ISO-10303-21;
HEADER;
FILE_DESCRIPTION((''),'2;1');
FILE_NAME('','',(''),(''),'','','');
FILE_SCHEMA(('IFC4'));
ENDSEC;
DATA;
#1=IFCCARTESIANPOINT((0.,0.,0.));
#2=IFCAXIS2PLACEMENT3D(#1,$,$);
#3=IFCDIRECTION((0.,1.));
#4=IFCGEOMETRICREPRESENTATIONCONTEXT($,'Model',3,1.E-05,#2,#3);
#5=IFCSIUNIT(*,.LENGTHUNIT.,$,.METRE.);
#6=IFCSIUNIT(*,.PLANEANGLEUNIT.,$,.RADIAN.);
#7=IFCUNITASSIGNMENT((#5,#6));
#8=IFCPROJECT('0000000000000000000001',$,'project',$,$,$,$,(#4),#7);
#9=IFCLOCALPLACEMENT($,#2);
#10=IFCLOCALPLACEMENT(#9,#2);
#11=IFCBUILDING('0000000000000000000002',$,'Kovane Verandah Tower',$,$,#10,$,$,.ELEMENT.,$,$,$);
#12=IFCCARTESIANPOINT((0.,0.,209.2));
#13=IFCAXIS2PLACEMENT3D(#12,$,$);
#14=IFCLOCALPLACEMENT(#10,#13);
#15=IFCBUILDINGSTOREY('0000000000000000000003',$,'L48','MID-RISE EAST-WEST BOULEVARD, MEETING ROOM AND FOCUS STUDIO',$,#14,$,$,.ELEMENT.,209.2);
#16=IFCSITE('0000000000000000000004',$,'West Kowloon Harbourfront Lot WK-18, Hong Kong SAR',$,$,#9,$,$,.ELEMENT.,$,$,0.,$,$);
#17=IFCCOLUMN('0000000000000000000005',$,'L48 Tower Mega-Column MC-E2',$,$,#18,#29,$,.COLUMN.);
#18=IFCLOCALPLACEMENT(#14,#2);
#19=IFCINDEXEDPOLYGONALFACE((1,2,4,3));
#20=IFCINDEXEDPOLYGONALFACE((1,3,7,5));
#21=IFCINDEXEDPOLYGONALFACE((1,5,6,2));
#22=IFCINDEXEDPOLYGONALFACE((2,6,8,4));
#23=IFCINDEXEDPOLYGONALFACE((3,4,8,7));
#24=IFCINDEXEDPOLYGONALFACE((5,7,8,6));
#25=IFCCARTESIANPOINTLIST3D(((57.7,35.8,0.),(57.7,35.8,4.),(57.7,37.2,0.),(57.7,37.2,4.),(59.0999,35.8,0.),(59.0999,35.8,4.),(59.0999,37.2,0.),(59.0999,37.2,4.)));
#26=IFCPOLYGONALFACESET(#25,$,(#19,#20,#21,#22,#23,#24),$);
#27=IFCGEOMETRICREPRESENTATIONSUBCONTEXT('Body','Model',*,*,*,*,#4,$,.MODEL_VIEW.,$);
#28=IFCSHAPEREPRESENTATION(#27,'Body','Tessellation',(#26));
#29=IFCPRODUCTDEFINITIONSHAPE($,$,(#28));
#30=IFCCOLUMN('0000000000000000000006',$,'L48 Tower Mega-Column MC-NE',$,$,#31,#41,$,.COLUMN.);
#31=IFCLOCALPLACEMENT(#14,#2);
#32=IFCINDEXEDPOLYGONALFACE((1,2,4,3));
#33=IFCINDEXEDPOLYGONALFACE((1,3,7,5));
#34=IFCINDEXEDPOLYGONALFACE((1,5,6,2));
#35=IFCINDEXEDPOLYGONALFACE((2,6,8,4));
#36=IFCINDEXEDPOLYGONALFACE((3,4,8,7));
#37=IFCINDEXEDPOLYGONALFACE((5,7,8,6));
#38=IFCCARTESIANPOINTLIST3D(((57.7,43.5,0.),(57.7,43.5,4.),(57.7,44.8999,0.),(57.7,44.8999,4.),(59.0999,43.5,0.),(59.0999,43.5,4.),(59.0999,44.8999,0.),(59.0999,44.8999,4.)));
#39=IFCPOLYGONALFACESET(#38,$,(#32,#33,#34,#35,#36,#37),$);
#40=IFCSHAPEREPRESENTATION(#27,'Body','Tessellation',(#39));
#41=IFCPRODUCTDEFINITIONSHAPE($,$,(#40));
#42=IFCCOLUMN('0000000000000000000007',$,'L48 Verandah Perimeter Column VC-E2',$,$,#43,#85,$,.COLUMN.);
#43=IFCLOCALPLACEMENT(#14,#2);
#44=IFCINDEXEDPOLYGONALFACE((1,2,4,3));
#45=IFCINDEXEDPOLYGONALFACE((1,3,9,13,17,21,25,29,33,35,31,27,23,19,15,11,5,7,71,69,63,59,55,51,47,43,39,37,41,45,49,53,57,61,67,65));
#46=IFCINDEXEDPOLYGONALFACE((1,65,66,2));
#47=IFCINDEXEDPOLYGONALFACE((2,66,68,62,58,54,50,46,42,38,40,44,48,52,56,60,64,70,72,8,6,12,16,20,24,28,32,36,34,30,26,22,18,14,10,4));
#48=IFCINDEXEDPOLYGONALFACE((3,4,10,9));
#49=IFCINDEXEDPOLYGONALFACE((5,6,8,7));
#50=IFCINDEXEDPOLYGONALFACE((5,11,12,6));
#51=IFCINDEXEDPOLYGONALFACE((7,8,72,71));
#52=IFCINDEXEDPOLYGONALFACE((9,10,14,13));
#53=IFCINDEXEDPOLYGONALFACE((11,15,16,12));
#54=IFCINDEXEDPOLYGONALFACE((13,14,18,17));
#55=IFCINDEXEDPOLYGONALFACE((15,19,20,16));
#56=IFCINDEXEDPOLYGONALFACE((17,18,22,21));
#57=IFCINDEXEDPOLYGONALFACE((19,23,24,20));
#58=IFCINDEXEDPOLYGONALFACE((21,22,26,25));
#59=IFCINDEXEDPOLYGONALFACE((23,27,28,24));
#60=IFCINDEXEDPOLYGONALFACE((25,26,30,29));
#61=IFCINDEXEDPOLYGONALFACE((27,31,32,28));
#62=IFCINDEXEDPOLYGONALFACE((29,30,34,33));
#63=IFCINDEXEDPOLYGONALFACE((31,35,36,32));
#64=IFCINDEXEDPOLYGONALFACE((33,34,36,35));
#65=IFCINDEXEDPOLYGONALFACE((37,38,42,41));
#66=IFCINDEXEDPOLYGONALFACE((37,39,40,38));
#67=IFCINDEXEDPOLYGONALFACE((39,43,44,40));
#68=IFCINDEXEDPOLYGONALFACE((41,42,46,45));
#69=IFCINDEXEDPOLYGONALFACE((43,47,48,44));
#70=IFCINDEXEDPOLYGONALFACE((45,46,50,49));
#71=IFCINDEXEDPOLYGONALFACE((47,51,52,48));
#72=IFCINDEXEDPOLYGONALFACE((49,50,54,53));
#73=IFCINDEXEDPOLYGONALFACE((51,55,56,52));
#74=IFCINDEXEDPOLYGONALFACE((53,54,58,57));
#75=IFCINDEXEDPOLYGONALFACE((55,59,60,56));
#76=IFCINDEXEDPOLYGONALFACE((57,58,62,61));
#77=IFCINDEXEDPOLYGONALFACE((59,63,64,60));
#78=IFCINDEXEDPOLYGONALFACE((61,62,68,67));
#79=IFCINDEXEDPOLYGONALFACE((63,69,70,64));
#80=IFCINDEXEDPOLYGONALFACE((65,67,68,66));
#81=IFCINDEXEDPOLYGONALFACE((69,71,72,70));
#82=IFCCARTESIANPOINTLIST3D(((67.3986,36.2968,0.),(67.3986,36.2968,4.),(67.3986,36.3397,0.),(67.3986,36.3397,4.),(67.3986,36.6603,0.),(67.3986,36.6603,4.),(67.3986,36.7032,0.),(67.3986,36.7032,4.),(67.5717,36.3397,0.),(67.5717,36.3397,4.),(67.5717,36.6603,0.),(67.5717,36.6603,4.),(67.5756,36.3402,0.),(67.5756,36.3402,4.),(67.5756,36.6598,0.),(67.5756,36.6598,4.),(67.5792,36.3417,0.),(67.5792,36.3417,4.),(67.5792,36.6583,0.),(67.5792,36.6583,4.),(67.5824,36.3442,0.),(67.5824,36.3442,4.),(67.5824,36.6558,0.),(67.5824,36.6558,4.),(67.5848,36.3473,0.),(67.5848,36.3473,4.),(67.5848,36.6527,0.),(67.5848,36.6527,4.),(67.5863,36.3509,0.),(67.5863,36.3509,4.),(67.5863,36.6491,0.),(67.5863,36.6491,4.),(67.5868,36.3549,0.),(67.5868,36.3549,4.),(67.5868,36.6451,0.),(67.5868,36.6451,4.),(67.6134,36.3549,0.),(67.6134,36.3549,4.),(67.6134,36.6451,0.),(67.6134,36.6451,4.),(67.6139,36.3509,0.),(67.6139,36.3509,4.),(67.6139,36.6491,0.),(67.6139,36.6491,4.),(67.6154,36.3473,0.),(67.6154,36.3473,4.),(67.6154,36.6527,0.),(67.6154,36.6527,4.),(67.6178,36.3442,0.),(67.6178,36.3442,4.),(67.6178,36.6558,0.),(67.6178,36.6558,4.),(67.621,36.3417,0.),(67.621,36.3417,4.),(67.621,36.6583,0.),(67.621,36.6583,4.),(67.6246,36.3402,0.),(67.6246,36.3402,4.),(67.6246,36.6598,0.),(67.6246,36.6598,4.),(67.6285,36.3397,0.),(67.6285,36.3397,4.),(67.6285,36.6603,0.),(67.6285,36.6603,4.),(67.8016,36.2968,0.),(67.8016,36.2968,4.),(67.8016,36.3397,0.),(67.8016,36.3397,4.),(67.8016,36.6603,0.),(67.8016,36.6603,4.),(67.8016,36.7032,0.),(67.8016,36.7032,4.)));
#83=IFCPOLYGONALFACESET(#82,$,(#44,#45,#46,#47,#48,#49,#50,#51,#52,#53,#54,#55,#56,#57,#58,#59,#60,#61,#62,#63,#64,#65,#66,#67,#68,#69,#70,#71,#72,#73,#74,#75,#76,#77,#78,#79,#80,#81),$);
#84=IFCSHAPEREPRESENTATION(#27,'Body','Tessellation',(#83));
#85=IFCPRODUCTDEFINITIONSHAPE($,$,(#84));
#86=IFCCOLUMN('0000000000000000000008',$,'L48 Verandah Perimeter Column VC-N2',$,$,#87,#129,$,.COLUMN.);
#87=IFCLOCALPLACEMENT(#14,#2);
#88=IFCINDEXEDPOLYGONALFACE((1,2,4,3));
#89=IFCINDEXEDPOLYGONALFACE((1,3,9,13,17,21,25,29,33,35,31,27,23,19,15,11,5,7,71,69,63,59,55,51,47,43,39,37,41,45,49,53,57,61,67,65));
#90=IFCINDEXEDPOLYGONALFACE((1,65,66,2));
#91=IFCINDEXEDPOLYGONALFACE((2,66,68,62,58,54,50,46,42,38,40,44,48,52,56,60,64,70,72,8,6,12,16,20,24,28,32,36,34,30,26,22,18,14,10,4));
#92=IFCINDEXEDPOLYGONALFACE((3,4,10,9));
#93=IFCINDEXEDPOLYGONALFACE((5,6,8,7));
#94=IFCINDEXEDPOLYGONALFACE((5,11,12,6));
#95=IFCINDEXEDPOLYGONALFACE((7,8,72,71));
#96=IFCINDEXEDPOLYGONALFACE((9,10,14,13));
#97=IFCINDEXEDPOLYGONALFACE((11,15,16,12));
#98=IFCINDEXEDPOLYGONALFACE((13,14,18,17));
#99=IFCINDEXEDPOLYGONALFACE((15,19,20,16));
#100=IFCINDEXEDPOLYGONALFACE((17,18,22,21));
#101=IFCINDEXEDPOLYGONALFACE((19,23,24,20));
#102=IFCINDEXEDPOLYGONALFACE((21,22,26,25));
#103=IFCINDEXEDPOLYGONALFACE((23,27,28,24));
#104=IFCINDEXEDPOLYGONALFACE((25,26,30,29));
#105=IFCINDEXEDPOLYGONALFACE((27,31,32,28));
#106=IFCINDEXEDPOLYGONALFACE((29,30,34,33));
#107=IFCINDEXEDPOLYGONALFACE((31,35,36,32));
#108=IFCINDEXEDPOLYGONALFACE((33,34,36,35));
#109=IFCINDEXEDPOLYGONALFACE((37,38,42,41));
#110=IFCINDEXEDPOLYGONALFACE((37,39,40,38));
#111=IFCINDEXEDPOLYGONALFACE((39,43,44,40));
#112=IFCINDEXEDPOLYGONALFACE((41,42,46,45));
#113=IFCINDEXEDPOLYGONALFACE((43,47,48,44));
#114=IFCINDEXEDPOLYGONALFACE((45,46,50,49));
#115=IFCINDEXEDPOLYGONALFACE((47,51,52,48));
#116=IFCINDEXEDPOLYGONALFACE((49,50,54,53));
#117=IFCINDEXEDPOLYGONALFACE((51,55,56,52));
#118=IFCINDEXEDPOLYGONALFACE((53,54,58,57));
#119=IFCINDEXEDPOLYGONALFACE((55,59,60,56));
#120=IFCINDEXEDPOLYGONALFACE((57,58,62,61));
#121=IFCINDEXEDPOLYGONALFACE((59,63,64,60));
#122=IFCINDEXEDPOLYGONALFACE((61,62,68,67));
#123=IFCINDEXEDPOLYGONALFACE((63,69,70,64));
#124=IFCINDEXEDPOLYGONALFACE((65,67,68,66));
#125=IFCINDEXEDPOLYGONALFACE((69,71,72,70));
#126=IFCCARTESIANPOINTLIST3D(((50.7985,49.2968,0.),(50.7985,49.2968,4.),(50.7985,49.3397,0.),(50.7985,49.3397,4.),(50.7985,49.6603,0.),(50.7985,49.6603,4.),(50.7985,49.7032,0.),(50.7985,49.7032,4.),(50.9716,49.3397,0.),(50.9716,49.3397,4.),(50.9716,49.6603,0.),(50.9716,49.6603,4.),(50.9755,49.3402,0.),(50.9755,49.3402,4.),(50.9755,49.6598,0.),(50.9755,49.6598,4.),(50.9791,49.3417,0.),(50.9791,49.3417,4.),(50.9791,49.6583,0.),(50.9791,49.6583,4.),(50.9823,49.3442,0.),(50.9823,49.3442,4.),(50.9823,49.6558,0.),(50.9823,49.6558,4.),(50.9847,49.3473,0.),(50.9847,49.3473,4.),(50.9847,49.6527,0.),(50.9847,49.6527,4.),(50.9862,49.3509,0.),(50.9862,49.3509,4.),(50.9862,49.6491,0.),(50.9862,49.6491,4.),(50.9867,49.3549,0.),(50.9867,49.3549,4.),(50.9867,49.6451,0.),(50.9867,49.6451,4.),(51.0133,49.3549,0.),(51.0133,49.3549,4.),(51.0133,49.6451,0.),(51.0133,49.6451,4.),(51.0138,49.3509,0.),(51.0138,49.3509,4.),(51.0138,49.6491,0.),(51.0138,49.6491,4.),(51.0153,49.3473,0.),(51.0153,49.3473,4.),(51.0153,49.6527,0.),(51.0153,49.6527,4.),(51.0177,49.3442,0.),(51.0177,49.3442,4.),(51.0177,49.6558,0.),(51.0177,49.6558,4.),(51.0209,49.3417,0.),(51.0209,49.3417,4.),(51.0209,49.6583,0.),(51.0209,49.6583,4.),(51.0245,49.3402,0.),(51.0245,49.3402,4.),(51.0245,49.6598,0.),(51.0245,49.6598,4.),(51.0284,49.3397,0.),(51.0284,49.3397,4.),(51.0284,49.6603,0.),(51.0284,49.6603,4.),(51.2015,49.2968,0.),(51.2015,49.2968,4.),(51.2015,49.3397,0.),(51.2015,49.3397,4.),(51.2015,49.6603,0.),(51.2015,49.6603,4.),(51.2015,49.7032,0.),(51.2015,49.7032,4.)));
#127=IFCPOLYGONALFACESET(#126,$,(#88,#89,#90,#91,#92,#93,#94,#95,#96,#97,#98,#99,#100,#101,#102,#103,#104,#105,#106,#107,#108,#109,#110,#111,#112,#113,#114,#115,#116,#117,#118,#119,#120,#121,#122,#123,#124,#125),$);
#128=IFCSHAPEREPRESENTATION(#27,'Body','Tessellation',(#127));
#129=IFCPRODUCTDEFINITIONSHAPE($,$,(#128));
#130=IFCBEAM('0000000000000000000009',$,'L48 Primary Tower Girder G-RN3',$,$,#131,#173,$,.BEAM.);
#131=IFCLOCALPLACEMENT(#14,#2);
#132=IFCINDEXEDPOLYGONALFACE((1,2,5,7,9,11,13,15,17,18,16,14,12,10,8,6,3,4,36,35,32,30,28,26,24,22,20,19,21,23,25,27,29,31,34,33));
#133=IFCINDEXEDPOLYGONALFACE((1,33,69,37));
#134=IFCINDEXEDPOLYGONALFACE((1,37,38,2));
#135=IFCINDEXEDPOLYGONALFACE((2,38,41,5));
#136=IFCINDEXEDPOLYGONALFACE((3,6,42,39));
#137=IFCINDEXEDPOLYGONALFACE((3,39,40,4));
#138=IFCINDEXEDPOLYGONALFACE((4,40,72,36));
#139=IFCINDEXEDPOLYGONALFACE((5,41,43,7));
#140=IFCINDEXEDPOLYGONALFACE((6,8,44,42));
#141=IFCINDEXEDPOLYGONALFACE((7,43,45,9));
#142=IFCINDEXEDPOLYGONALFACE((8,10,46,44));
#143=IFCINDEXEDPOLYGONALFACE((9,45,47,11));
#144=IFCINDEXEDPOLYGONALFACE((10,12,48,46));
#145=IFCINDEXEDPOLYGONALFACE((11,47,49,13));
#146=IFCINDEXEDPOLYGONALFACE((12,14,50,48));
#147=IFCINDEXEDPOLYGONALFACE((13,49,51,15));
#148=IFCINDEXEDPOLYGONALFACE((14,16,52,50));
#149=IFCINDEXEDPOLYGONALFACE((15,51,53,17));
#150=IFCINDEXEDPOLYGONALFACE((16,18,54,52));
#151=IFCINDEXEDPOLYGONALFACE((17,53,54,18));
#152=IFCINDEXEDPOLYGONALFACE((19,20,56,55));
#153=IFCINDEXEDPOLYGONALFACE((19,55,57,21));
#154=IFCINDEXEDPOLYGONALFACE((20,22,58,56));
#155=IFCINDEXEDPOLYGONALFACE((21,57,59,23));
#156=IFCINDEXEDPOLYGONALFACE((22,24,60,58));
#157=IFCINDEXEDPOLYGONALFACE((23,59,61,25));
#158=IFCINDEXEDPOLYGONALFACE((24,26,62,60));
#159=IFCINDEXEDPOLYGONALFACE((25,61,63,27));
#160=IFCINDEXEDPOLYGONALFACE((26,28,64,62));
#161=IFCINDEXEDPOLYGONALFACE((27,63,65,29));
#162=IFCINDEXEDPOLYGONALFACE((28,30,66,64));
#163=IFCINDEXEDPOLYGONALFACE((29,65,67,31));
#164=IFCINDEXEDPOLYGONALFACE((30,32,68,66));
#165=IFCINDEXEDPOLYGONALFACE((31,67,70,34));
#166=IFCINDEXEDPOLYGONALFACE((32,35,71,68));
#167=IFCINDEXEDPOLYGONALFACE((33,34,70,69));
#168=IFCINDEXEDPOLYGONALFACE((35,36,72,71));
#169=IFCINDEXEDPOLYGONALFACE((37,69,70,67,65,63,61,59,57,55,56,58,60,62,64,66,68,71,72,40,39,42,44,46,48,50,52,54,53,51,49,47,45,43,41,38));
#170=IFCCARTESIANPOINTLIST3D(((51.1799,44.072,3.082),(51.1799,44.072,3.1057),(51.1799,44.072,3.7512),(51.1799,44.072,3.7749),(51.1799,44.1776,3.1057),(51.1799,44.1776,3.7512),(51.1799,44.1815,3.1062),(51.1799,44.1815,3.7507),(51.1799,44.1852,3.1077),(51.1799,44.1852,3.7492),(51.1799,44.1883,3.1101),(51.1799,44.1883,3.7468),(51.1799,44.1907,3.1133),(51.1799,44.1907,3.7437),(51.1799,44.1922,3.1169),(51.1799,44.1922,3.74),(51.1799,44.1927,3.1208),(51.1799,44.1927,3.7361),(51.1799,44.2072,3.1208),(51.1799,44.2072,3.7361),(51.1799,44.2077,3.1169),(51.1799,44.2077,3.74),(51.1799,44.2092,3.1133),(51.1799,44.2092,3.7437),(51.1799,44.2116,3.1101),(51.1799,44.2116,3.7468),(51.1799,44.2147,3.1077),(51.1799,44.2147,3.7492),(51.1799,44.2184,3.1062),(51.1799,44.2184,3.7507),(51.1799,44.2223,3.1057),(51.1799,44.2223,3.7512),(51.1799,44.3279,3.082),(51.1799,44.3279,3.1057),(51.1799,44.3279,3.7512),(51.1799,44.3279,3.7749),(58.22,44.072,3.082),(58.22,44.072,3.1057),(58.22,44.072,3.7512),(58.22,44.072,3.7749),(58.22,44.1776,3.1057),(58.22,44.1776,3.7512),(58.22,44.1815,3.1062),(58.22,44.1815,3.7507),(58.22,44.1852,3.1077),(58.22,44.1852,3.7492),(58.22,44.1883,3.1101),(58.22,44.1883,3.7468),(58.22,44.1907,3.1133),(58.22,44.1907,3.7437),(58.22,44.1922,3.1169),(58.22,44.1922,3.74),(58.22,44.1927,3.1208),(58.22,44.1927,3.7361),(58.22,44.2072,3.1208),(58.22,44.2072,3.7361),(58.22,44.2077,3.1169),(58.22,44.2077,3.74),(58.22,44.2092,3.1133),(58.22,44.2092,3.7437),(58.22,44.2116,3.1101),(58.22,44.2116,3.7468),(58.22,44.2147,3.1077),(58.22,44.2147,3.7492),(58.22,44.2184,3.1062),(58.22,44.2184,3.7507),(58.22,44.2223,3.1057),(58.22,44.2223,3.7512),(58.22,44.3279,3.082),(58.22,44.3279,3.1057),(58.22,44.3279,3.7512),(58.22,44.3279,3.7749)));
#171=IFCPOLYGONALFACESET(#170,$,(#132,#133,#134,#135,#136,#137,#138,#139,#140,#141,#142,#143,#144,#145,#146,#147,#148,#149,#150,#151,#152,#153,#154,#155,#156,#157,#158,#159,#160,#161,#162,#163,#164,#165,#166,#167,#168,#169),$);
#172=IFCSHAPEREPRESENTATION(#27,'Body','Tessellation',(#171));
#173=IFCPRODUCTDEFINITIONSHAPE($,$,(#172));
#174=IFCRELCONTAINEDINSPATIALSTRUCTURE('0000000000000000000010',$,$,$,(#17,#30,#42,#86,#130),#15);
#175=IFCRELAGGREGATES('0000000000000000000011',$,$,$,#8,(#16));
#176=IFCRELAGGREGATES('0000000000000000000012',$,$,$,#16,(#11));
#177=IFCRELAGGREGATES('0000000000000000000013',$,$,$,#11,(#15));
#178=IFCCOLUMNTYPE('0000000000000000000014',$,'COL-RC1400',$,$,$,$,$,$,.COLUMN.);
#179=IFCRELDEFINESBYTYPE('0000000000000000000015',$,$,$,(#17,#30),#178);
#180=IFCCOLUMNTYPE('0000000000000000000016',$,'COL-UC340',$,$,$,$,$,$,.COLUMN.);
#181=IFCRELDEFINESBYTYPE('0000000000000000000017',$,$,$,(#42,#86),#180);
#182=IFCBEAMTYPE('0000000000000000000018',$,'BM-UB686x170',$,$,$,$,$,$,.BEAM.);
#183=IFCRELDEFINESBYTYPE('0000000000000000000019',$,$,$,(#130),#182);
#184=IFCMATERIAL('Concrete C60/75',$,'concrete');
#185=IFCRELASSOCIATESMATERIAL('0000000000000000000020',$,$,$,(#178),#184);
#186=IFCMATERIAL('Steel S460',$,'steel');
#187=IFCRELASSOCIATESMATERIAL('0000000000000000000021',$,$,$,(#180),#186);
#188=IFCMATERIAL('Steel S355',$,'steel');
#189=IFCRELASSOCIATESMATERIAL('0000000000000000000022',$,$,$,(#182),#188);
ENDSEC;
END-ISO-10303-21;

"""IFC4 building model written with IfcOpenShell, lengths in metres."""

from ifc_helpers import new_model, si_unit, direction, frame, origin, origin_2d, place, context, subcontext, project, spatial, rectangle, i_section, extrude, material, material_profile, profile_set, type_object, element, save


model = new_model("IFC4")

# Units and contexts
model_context = context("Model", 3, precision=1e-05, world=origin(), true_north=direction((0.0, 1.0)))
body_context = subcontext(model_context, "Body", "Model", "MODEL_VIEW")
ifc_project = project(units=[si_unit("LENGTHUNIT", "METRE"), si_unit("PLANEANGLEUNIT", "RADIAN")], contexts=[model_context])

# Site, building, storey
site_placement = place(None, origin())
site = spatial("IfcSite", under=ifc_project, at=site_placement, Name="West Kowloon Harbourfront Lot WK-18, Hong Kong SAR", CompositionType="ELEMENT", RefElevation=0.0)
building_placement = place(site_placement, origin())
building = spatial("IfcBuilding", under=site, at=building_placement, Name="Kovane Verandah Tower", CompositionType="ELEMENT")
storey_placement = place(building_placement, frame((0.0, 0.0, 209.2)))
storey = spatial("IfcBuildingStorey", under=building, at=storey_placement, Name="L48", Description="MID-RISE EAST-WEST BOULEVARD, MEETING ROOM AND FOCUS STUDIO", CompositionType="ELEMENT", Elevation=209.2)

# Columns
ifc_material_1 = material(Name="Concrete C60/75", Category="concrete")
ifc_material_profile_1 = material_profile(ifc_material_1, rectangle(XDim=1.3999, YDim=1.3999, at=origin_2d()), Name="RC1400x1400")
ifc_profile_set_1 = profile_set([ifc_material_profile_1], Name="Concrete C60/75")
column_type_1 = type_object("IfcColumnType", Name="COL-RC1400", PredefinedType="COLUMN", material=ifc_profile_set_1)
for number, where, z_axis, x_axis, name in (
    (1, (58.3999, 36.5, 0.0), (0.0, 0.0, 1.0), (1.0, 0.0, 0.0), "L48 Tower Mega-Column MC-E2"),
    (2, (58.3999, 44.2, 0.0), (0.0, 0.0, 1.0), (1.0, 0.0, 0.0), "L48 Tower Mega-Column MC-NE"),
):
    element("IfcColumn", number, at=place(storey_placement, frame(where, z_axis=z_axis, x_axis=x_axis)), inside=storey, type_object=column_type_1, Name=name, PredefinedType="COLUMN", context=body_context, shape_type="SweptSolid", body=[
        extrude(rectangle(XDim=1.3999, YDim=1.3999, at=origin_2d()), origin(), (0.0, 0.0, 1.0), 4.0),
    ])
ifc_material_2 = material(Name="Steel S460", Category="steel")
ifc_material_profile_2 = material_profile(ifc_material_2, i_section(OverallWidth=0.4031, OverallDepth=0.4065, WebThickness=0.0266, FlangeThickness=0.043, FilletRadius=0.0151, at=origin_2d()), Name="UC356x406x340")
ifc_profile_set_2 = profile_set([ifc_material_profile_2], Name="Steel S460")
column_type_2 = type_object("IfcColumnType", Name="COL-UC340", PredefinedType="COLUMN", material=ifc_profile_set_2)
for number, where, z_axis, x_axis, name in (
    (3, (67.6001, 36.5, 0.0), (0.0, 0.0, 1.0), (1.0, 0.0, 0.0), "L48 Verandah Perimeter Column VC-E2"),
    (4, (51.0, 49.5, 0.0), (0.0, 0.0, 1.0), (1.0, 0.0, 0.0), "L48 Verandah Perimeter Column VC-N2"),
):
    element("IfcColumn", number, at=place(storey_placement, frame(where, z_axis=z_axis, x_axis=x_axis)), inside=storey, type_object=column_type_2, Name=name, PredefinedType="COLUMN", context=body_context, shape_type="SweptSolid", body=[
        extrude(i_section(OverallWidth=0.4031, OverallDepth=0.4065, WebThickness=0.0266, FlangeThickness=0.043, FilletRadius=0.0151, at=origin_2d()), origin(), (0.0, 0.0, 1.0), 4.0),
    ])

# Beam
ifc_material_3 = material(Name="Steel S355", Category="steel")
ifc_material_profile_3 = material_profile(ifc_material_3, i_section(OverallWidth=0.2559, OverallDepth=0.6929, WebThickness=0.0144, FlangeThickness=0.0237, FilletRadius=0.0151, at=origin_2d()), Name="UB686x254x170")
ifc_profile_set_3 = profile_set([ifc_material_profile_3], Name="Steel S355")
beam_type_1 = type_object("IfcBeamType", Name="BM-UB686x170", PredefinedType="BEAM", material=ifc_profile_set_3)
beam_1_placement = place(storey_placement, frame((51.1799, 44.2, 3.4285), z_axis=(1.0, 0.0, 0.0), x_axis=(0.0, 1.0, 0.0)))
element("IfcBeam", 5, at=beam_1_placement, inside=storey, type_object=beam_type_1, Name="L48 Primary Tower Girder G-RN3", PredefinedType="BEAM", context=body_context, shape_type="SweptSolid", body=[
    extrude(i_section(OverallWidth=0.2559, OverallDepth=0.6929, WebThickness=0.0144, FlangeThickness=0.0237, FilletRadius=0.0151, at=origin_2d()), origin(), (0.0, 0.0, 1.0), 7.04),
])

save(model, "model.ifc")
